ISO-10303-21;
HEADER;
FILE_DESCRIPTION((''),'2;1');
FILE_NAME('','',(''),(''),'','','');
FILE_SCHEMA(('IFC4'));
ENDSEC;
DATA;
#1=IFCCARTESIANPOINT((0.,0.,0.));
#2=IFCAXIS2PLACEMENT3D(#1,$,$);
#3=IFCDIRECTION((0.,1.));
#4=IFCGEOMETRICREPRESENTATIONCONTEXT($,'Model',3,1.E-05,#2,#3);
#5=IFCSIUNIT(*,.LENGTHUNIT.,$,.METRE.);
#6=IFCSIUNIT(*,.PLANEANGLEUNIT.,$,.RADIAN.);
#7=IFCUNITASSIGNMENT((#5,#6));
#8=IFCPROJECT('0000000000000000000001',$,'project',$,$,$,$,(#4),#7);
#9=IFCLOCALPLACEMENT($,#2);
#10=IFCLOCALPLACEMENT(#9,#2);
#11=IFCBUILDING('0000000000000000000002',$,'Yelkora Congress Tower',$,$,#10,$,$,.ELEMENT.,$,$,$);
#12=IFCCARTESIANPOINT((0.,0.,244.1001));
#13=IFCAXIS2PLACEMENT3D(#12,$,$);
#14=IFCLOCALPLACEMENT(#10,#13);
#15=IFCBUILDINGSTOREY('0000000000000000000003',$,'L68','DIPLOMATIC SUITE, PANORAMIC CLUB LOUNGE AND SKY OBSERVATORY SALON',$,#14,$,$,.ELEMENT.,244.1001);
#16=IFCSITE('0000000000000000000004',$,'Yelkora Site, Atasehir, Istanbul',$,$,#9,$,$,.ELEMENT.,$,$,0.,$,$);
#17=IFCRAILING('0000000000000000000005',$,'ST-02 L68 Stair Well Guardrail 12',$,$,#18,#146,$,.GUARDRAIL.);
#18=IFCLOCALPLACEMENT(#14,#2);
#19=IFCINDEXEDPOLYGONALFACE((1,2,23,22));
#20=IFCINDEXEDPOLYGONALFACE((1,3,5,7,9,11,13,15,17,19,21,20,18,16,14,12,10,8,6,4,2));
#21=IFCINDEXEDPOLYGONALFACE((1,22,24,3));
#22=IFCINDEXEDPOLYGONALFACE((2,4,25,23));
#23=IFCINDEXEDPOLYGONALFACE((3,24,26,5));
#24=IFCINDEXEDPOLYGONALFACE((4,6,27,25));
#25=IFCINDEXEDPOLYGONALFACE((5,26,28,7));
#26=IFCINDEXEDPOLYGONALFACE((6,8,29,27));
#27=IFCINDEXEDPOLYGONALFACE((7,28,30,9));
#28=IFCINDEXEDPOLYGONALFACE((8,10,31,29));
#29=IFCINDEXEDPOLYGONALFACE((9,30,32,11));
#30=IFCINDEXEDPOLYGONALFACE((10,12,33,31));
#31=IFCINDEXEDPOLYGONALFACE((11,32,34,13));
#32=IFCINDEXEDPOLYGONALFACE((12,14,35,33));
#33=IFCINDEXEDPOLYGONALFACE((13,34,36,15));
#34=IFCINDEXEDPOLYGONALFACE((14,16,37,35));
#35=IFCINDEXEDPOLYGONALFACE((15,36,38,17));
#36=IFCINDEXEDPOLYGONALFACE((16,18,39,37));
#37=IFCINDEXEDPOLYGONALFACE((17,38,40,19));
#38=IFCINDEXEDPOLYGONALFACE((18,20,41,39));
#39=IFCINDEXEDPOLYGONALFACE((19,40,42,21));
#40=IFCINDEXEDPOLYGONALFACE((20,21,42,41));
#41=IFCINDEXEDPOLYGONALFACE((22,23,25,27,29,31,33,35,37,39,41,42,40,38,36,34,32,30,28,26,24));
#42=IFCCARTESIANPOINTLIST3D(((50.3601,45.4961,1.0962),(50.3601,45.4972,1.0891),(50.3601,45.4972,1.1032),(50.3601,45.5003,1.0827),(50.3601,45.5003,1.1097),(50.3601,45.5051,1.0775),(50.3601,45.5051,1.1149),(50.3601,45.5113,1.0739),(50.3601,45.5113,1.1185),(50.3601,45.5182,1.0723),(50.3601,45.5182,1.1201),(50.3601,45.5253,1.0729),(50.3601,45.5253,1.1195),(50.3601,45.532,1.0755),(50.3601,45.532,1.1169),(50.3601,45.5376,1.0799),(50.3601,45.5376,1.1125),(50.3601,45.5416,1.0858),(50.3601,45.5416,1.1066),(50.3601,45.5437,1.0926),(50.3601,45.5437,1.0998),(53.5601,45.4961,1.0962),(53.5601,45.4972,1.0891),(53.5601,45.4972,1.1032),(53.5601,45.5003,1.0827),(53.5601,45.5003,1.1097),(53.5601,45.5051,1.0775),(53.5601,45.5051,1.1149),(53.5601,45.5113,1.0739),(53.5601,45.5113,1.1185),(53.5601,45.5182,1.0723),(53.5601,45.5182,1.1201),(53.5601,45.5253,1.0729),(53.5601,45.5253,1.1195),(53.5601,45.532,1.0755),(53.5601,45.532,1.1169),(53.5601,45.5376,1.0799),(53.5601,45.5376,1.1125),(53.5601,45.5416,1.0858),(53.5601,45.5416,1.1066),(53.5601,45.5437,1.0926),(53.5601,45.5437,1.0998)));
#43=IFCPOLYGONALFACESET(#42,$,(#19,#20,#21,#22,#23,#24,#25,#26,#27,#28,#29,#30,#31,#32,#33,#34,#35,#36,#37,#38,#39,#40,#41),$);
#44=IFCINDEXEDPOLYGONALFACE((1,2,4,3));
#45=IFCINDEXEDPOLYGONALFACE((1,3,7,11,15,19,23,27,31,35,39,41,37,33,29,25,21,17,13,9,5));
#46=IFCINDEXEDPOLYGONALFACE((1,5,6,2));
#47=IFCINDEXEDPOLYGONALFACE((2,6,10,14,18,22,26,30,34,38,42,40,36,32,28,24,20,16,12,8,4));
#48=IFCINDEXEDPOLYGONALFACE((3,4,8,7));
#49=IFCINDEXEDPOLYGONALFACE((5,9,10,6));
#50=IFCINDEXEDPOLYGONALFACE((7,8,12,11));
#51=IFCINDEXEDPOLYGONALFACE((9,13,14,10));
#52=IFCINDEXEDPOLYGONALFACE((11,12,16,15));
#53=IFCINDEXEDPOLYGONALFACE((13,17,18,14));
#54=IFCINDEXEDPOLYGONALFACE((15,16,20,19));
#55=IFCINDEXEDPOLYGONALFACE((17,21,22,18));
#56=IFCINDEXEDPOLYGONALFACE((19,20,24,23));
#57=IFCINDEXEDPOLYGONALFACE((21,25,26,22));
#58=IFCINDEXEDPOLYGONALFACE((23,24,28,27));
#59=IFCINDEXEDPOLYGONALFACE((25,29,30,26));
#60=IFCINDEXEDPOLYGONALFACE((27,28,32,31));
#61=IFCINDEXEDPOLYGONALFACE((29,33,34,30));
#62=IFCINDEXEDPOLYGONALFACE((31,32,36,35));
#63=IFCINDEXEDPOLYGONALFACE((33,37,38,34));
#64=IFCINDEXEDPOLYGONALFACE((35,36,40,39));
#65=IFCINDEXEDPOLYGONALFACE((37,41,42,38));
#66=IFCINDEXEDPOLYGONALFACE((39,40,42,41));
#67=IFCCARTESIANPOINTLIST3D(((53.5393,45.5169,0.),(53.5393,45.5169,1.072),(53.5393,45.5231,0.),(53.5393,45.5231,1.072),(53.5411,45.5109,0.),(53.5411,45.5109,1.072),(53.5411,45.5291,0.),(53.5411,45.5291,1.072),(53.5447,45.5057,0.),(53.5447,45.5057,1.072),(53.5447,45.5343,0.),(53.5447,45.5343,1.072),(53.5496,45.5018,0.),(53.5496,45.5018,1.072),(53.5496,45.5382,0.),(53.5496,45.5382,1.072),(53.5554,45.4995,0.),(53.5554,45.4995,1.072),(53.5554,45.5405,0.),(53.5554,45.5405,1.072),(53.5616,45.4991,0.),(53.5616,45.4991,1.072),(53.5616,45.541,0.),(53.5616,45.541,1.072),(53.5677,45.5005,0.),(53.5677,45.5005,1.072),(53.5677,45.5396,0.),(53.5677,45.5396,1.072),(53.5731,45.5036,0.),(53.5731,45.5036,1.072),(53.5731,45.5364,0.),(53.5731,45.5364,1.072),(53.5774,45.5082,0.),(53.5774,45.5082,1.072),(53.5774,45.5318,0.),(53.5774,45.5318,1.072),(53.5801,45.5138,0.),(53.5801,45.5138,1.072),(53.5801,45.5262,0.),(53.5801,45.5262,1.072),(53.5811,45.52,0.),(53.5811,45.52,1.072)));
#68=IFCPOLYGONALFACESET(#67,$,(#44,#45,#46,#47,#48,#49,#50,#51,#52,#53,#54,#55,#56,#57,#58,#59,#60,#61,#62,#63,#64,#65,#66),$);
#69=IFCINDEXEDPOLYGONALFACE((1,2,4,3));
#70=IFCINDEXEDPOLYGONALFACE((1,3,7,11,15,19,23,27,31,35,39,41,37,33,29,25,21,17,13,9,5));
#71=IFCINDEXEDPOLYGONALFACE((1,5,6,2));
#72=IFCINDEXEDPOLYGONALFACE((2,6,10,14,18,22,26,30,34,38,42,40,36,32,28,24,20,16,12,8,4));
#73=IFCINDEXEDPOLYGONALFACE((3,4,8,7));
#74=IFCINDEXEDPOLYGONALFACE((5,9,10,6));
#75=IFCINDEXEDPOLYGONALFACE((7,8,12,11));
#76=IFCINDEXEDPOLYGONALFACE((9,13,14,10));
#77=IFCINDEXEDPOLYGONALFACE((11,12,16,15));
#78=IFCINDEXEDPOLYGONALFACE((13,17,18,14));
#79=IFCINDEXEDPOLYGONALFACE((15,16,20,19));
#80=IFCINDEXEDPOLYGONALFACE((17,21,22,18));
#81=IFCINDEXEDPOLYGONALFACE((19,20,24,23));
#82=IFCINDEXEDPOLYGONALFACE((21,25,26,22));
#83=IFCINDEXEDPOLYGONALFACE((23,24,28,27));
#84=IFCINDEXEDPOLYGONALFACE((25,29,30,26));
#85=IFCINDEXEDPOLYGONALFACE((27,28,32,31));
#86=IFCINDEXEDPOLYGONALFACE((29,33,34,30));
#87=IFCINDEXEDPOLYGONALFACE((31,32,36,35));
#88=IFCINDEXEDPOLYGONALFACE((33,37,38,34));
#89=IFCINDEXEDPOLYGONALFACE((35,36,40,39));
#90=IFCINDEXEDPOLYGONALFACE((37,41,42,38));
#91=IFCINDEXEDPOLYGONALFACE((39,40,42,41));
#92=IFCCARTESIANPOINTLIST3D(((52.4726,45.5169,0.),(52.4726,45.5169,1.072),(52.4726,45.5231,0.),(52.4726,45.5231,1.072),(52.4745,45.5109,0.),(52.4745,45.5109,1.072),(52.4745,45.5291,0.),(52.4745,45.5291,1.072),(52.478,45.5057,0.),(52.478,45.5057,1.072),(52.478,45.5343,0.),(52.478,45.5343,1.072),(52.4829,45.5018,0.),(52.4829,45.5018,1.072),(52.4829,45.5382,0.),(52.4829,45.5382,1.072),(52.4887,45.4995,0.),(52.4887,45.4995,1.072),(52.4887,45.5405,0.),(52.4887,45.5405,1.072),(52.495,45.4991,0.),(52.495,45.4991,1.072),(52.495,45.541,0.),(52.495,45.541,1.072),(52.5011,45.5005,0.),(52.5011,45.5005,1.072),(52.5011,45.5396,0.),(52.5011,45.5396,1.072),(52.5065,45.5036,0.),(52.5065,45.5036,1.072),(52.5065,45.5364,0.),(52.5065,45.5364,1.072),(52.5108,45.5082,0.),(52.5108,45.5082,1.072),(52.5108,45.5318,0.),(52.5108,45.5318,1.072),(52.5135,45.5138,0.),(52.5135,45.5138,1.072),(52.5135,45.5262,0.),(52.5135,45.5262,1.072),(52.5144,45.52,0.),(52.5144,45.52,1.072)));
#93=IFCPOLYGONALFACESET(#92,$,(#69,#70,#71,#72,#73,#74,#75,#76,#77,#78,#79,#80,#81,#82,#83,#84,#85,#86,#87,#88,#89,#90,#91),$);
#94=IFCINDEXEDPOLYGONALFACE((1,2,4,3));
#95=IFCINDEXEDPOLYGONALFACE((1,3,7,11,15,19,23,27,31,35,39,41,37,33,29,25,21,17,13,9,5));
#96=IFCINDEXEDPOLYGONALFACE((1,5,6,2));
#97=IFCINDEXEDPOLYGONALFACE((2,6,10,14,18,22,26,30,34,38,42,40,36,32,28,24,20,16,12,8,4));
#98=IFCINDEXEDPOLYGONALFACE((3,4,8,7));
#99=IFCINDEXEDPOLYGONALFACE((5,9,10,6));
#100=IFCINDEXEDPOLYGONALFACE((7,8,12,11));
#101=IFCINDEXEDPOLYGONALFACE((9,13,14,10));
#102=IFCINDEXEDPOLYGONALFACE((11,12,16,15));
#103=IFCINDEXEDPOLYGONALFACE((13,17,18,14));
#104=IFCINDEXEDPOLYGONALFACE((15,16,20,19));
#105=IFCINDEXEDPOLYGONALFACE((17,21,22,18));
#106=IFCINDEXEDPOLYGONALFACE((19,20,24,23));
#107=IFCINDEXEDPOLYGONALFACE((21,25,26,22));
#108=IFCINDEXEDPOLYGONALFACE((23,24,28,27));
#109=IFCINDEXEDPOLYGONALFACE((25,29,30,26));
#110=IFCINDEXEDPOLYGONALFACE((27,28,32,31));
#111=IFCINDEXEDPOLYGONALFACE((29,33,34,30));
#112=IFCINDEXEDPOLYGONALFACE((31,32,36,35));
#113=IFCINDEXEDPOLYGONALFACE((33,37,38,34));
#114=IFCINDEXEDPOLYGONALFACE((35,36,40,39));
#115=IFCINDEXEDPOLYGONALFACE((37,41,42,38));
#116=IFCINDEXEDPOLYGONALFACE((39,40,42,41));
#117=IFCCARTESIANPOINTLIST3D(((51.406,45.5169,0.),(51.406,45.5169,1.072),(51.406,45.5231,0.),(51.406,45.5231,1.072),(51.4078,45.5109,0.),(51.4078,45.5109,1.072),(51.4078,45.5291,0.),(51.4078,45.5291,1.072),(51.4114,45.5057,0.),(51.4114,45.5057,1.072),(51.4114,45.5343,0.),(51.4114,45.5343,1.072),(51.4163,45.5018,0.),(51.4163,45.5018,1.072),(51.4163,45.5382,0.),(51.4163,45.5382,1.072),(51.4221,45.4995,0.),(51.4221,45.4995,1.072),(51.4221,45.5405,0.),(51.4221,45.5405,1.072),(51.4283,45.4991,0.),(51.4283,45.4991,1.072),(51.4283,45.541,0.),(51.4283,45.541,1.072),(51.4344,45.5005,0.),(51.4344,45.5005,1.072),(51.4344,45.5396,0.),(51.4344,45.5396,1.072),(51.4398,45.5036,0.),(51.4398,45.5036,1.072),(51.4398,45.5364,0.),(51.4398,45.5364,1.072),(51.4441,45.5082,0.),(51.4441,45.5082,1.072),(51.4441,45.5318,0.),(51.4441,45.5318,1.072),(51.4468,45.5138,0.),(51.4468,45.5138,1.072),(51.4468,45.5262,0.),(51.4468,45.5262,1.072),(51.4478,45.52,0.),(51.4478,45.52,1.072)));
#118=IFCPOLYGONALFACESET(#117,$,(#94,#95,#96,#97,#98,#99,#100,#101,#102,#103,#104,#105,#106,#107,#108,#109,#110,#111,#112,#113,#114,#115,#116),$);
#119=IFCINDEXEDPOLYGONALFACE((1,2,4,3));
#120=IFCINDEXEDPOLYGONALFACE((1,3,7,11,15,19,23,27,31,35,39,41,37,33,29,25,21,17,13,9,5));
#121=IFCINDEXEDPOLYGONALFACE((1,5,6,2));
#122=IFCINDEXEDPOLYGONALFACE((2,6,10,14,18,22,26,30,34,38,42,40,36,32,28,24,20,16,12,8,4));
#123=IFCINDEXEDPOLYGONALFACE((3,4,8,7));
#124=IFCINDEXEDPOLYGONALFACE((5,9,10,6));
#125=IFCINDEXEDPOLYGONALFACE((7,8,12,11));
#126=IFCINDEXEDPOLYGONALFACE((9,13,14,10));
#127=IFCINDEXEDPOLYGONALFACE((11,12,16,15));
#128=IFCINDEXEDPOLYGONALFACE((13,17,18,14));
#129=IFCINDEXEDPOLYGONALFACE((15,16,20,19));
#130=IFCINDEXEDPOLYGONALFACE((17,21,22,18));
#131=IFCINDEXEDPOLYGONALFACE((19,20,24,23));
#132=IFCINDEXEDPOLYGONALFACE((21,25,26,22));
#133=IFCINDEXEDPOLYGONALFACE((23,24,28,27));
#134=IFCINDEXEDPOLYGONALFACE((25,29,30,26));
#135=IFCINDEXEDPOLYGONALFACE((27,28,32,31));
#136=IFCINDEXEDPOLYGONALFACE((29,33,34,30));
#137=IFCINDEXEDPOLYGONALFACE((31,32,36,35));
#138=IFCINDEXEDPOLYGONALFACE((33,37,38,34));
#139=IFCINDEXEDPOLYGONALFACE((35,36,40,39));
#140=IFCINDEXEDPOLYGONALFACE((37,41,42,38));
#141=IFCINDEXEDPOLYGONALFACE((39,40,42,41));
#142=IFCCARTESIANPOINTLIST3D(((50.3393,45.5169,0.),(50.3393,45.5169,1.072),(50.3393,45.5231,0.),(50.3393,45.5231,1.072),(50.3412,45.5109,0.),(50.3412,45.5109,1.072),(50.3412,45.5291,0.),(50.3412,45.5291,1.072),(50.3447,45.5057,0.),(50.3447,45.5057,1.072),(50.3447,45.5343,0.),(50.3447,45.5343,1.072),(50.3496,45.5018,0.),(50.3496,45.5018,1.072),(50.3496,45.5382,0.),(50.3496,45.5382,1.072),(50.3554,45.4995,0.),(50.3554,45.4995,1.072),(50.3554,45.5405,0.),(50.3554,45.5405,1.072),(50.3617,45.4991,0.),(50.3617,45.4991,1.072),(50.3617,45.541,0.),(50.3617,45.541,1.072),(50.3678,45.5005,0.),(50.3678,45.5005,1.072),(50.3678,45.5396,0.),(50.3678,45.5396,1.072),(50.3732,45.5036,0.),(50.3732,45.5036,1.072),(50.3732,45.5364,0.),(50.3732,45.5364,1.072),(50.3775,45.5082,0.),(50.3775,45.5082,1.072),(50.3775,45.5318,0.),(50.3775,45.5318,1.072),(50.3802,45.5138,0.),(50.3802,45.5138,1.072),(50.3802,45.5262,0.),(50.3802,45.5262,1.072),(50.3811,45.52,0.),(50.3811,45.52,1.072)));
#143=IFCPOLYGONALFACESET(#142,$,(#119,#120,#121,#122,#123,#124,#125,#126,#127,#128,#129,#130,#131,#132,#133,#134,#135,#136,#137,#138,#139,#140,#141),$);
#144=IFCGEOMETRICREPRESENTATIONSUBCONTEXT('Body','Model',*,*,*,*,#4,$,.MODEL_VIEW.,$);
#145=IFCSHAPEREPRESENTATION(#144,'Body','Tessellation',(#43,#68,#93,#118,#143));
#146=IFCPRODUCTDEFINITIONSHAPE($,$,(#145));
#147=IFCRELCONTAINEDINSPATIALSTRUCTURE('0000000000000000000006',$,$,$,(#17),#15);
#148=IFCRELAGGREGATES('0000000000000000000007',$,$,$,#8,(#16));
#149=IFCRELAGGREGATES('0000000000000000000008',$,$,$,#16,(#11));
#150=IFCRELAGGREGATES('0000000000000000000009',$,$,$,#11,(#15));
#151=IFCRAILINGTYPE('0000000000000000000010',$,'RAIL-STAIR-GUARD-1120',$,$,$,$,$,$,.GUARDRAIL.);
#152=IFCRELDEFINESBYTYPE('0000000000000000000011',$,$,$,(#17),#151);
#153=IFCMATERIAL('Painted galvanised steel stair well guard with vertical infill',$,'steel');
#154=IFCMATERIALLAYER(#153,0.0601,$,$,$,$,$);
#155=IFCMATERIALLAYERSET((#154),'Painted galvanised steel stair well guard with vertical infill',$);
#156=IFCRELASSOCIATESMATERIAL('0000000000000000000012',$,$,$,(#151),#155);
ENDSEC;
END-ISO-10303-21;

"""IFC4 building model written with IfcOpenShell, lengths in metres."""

from ifc_helpers import new_model, si_unit, direction, frame, origin, origin_2d, place, context, subcontext, project, spatial, circle, extrude, material, layer, layer_set, type_object, element, save


model = new_model("IFC4")

# Units and contexts
model_context = context("Model", 3, precision=1e-05, world=origin(), true_north=direction((0.0, 1.0)))
body_context = subcontext(model_context, "Body", "Model", "MODEL_VIEW")
ifc_project = project(units=[si_unit("LENGTHUNIT", "METRE"), si_unit("PLANEANGLEUNIT", "RADIAN")], contexts=[model_context])

# Site, building, storey
site_placement = place(None, origin())
site = spatial("IfcSite", under=ifc_project, at=site_placement, Name="Yelkora Site, Atasehir, Istanbul", CompositionType="ELEMENT", RefElevation=0.0)
building_placement = place(site_placement, origin())
building = spatial("IfcBuilding", under=site, at=building_placement, Name="Yelkora Congress Tower", CompositionType="ELEMENT")
storey_placement = place(building_placement, frame((0.0, 0.0, 244.1001)))
storey = spatial("IfcBuildingStorey", under=building, at=storey_placement, Name="L68", Description="DIPLOMATIC SUITE, PANORAMIC CLUB LOUNGE AND SKY OBSERVATORY SALON", CompositionType="ELEMENT", Elevation=244.1001)

# Railing
ifc_material_1 = material(Name="Painted galvanised steel stair well guard with vertical infill", Category="steel")
ifc_layer_1 = layer(ifc_material_1, 0.0601)
ifc_layer_set_1 = layer_set([ifc_layer_1], Name="Painted galvanised steel stair well guard with vertical infill")
railing_type_1 = type_object("IfcRailingType", Name="RAIL-STAIR-GUARD-1120", PredefinedType="GUARDRAIL", material=ifc_layer_set_1)
railing_1_placement = place(storey_placement, frame((53.5601, 45.52, 0.0)))
element("IfcRailing", 1, at=railing_1_placement, inside=storey, type_object=railing_type_1, Name="ST-02 L68 Stair Well Guardrail 12", PredefinedType="GUARDRAIL", context=body_context, shape_type="SweptSolid", body=[
    extrude(circle(Radius=0.0239, at=origin_2d()), frame((0.0, 0.0, 1.0962), z_axis=(-1.0, 0.0, 0.0), x_axis=(0.0, -1.0, 0.0)), (0.0, 0.0, 1.0), 3.2),
    extrude(circle(Radius=0.021, at=origin_2d()), origin(), (0.0, 0.0, 1.0), 1.072),
    extrude(circle(Radius=0.021, at=origin_2d()), frame((-1.0667, 0.0, 0.0)), (0.0, 0.0, 1.0), 1.072),
    extrude(circle(Radius=0.021, at=origin_2d()), frame((-2.1333, 0.0, 0.0)), (0.0, 0.0, 1.0), 1.072),
    extrude(circle(Radius=0.021, at=origin_2d()), frame((-3.2, 0.0, 0.0)), (0.0, 0.0, 1.0), 1.072),
])

save(model, "model.ifc")
